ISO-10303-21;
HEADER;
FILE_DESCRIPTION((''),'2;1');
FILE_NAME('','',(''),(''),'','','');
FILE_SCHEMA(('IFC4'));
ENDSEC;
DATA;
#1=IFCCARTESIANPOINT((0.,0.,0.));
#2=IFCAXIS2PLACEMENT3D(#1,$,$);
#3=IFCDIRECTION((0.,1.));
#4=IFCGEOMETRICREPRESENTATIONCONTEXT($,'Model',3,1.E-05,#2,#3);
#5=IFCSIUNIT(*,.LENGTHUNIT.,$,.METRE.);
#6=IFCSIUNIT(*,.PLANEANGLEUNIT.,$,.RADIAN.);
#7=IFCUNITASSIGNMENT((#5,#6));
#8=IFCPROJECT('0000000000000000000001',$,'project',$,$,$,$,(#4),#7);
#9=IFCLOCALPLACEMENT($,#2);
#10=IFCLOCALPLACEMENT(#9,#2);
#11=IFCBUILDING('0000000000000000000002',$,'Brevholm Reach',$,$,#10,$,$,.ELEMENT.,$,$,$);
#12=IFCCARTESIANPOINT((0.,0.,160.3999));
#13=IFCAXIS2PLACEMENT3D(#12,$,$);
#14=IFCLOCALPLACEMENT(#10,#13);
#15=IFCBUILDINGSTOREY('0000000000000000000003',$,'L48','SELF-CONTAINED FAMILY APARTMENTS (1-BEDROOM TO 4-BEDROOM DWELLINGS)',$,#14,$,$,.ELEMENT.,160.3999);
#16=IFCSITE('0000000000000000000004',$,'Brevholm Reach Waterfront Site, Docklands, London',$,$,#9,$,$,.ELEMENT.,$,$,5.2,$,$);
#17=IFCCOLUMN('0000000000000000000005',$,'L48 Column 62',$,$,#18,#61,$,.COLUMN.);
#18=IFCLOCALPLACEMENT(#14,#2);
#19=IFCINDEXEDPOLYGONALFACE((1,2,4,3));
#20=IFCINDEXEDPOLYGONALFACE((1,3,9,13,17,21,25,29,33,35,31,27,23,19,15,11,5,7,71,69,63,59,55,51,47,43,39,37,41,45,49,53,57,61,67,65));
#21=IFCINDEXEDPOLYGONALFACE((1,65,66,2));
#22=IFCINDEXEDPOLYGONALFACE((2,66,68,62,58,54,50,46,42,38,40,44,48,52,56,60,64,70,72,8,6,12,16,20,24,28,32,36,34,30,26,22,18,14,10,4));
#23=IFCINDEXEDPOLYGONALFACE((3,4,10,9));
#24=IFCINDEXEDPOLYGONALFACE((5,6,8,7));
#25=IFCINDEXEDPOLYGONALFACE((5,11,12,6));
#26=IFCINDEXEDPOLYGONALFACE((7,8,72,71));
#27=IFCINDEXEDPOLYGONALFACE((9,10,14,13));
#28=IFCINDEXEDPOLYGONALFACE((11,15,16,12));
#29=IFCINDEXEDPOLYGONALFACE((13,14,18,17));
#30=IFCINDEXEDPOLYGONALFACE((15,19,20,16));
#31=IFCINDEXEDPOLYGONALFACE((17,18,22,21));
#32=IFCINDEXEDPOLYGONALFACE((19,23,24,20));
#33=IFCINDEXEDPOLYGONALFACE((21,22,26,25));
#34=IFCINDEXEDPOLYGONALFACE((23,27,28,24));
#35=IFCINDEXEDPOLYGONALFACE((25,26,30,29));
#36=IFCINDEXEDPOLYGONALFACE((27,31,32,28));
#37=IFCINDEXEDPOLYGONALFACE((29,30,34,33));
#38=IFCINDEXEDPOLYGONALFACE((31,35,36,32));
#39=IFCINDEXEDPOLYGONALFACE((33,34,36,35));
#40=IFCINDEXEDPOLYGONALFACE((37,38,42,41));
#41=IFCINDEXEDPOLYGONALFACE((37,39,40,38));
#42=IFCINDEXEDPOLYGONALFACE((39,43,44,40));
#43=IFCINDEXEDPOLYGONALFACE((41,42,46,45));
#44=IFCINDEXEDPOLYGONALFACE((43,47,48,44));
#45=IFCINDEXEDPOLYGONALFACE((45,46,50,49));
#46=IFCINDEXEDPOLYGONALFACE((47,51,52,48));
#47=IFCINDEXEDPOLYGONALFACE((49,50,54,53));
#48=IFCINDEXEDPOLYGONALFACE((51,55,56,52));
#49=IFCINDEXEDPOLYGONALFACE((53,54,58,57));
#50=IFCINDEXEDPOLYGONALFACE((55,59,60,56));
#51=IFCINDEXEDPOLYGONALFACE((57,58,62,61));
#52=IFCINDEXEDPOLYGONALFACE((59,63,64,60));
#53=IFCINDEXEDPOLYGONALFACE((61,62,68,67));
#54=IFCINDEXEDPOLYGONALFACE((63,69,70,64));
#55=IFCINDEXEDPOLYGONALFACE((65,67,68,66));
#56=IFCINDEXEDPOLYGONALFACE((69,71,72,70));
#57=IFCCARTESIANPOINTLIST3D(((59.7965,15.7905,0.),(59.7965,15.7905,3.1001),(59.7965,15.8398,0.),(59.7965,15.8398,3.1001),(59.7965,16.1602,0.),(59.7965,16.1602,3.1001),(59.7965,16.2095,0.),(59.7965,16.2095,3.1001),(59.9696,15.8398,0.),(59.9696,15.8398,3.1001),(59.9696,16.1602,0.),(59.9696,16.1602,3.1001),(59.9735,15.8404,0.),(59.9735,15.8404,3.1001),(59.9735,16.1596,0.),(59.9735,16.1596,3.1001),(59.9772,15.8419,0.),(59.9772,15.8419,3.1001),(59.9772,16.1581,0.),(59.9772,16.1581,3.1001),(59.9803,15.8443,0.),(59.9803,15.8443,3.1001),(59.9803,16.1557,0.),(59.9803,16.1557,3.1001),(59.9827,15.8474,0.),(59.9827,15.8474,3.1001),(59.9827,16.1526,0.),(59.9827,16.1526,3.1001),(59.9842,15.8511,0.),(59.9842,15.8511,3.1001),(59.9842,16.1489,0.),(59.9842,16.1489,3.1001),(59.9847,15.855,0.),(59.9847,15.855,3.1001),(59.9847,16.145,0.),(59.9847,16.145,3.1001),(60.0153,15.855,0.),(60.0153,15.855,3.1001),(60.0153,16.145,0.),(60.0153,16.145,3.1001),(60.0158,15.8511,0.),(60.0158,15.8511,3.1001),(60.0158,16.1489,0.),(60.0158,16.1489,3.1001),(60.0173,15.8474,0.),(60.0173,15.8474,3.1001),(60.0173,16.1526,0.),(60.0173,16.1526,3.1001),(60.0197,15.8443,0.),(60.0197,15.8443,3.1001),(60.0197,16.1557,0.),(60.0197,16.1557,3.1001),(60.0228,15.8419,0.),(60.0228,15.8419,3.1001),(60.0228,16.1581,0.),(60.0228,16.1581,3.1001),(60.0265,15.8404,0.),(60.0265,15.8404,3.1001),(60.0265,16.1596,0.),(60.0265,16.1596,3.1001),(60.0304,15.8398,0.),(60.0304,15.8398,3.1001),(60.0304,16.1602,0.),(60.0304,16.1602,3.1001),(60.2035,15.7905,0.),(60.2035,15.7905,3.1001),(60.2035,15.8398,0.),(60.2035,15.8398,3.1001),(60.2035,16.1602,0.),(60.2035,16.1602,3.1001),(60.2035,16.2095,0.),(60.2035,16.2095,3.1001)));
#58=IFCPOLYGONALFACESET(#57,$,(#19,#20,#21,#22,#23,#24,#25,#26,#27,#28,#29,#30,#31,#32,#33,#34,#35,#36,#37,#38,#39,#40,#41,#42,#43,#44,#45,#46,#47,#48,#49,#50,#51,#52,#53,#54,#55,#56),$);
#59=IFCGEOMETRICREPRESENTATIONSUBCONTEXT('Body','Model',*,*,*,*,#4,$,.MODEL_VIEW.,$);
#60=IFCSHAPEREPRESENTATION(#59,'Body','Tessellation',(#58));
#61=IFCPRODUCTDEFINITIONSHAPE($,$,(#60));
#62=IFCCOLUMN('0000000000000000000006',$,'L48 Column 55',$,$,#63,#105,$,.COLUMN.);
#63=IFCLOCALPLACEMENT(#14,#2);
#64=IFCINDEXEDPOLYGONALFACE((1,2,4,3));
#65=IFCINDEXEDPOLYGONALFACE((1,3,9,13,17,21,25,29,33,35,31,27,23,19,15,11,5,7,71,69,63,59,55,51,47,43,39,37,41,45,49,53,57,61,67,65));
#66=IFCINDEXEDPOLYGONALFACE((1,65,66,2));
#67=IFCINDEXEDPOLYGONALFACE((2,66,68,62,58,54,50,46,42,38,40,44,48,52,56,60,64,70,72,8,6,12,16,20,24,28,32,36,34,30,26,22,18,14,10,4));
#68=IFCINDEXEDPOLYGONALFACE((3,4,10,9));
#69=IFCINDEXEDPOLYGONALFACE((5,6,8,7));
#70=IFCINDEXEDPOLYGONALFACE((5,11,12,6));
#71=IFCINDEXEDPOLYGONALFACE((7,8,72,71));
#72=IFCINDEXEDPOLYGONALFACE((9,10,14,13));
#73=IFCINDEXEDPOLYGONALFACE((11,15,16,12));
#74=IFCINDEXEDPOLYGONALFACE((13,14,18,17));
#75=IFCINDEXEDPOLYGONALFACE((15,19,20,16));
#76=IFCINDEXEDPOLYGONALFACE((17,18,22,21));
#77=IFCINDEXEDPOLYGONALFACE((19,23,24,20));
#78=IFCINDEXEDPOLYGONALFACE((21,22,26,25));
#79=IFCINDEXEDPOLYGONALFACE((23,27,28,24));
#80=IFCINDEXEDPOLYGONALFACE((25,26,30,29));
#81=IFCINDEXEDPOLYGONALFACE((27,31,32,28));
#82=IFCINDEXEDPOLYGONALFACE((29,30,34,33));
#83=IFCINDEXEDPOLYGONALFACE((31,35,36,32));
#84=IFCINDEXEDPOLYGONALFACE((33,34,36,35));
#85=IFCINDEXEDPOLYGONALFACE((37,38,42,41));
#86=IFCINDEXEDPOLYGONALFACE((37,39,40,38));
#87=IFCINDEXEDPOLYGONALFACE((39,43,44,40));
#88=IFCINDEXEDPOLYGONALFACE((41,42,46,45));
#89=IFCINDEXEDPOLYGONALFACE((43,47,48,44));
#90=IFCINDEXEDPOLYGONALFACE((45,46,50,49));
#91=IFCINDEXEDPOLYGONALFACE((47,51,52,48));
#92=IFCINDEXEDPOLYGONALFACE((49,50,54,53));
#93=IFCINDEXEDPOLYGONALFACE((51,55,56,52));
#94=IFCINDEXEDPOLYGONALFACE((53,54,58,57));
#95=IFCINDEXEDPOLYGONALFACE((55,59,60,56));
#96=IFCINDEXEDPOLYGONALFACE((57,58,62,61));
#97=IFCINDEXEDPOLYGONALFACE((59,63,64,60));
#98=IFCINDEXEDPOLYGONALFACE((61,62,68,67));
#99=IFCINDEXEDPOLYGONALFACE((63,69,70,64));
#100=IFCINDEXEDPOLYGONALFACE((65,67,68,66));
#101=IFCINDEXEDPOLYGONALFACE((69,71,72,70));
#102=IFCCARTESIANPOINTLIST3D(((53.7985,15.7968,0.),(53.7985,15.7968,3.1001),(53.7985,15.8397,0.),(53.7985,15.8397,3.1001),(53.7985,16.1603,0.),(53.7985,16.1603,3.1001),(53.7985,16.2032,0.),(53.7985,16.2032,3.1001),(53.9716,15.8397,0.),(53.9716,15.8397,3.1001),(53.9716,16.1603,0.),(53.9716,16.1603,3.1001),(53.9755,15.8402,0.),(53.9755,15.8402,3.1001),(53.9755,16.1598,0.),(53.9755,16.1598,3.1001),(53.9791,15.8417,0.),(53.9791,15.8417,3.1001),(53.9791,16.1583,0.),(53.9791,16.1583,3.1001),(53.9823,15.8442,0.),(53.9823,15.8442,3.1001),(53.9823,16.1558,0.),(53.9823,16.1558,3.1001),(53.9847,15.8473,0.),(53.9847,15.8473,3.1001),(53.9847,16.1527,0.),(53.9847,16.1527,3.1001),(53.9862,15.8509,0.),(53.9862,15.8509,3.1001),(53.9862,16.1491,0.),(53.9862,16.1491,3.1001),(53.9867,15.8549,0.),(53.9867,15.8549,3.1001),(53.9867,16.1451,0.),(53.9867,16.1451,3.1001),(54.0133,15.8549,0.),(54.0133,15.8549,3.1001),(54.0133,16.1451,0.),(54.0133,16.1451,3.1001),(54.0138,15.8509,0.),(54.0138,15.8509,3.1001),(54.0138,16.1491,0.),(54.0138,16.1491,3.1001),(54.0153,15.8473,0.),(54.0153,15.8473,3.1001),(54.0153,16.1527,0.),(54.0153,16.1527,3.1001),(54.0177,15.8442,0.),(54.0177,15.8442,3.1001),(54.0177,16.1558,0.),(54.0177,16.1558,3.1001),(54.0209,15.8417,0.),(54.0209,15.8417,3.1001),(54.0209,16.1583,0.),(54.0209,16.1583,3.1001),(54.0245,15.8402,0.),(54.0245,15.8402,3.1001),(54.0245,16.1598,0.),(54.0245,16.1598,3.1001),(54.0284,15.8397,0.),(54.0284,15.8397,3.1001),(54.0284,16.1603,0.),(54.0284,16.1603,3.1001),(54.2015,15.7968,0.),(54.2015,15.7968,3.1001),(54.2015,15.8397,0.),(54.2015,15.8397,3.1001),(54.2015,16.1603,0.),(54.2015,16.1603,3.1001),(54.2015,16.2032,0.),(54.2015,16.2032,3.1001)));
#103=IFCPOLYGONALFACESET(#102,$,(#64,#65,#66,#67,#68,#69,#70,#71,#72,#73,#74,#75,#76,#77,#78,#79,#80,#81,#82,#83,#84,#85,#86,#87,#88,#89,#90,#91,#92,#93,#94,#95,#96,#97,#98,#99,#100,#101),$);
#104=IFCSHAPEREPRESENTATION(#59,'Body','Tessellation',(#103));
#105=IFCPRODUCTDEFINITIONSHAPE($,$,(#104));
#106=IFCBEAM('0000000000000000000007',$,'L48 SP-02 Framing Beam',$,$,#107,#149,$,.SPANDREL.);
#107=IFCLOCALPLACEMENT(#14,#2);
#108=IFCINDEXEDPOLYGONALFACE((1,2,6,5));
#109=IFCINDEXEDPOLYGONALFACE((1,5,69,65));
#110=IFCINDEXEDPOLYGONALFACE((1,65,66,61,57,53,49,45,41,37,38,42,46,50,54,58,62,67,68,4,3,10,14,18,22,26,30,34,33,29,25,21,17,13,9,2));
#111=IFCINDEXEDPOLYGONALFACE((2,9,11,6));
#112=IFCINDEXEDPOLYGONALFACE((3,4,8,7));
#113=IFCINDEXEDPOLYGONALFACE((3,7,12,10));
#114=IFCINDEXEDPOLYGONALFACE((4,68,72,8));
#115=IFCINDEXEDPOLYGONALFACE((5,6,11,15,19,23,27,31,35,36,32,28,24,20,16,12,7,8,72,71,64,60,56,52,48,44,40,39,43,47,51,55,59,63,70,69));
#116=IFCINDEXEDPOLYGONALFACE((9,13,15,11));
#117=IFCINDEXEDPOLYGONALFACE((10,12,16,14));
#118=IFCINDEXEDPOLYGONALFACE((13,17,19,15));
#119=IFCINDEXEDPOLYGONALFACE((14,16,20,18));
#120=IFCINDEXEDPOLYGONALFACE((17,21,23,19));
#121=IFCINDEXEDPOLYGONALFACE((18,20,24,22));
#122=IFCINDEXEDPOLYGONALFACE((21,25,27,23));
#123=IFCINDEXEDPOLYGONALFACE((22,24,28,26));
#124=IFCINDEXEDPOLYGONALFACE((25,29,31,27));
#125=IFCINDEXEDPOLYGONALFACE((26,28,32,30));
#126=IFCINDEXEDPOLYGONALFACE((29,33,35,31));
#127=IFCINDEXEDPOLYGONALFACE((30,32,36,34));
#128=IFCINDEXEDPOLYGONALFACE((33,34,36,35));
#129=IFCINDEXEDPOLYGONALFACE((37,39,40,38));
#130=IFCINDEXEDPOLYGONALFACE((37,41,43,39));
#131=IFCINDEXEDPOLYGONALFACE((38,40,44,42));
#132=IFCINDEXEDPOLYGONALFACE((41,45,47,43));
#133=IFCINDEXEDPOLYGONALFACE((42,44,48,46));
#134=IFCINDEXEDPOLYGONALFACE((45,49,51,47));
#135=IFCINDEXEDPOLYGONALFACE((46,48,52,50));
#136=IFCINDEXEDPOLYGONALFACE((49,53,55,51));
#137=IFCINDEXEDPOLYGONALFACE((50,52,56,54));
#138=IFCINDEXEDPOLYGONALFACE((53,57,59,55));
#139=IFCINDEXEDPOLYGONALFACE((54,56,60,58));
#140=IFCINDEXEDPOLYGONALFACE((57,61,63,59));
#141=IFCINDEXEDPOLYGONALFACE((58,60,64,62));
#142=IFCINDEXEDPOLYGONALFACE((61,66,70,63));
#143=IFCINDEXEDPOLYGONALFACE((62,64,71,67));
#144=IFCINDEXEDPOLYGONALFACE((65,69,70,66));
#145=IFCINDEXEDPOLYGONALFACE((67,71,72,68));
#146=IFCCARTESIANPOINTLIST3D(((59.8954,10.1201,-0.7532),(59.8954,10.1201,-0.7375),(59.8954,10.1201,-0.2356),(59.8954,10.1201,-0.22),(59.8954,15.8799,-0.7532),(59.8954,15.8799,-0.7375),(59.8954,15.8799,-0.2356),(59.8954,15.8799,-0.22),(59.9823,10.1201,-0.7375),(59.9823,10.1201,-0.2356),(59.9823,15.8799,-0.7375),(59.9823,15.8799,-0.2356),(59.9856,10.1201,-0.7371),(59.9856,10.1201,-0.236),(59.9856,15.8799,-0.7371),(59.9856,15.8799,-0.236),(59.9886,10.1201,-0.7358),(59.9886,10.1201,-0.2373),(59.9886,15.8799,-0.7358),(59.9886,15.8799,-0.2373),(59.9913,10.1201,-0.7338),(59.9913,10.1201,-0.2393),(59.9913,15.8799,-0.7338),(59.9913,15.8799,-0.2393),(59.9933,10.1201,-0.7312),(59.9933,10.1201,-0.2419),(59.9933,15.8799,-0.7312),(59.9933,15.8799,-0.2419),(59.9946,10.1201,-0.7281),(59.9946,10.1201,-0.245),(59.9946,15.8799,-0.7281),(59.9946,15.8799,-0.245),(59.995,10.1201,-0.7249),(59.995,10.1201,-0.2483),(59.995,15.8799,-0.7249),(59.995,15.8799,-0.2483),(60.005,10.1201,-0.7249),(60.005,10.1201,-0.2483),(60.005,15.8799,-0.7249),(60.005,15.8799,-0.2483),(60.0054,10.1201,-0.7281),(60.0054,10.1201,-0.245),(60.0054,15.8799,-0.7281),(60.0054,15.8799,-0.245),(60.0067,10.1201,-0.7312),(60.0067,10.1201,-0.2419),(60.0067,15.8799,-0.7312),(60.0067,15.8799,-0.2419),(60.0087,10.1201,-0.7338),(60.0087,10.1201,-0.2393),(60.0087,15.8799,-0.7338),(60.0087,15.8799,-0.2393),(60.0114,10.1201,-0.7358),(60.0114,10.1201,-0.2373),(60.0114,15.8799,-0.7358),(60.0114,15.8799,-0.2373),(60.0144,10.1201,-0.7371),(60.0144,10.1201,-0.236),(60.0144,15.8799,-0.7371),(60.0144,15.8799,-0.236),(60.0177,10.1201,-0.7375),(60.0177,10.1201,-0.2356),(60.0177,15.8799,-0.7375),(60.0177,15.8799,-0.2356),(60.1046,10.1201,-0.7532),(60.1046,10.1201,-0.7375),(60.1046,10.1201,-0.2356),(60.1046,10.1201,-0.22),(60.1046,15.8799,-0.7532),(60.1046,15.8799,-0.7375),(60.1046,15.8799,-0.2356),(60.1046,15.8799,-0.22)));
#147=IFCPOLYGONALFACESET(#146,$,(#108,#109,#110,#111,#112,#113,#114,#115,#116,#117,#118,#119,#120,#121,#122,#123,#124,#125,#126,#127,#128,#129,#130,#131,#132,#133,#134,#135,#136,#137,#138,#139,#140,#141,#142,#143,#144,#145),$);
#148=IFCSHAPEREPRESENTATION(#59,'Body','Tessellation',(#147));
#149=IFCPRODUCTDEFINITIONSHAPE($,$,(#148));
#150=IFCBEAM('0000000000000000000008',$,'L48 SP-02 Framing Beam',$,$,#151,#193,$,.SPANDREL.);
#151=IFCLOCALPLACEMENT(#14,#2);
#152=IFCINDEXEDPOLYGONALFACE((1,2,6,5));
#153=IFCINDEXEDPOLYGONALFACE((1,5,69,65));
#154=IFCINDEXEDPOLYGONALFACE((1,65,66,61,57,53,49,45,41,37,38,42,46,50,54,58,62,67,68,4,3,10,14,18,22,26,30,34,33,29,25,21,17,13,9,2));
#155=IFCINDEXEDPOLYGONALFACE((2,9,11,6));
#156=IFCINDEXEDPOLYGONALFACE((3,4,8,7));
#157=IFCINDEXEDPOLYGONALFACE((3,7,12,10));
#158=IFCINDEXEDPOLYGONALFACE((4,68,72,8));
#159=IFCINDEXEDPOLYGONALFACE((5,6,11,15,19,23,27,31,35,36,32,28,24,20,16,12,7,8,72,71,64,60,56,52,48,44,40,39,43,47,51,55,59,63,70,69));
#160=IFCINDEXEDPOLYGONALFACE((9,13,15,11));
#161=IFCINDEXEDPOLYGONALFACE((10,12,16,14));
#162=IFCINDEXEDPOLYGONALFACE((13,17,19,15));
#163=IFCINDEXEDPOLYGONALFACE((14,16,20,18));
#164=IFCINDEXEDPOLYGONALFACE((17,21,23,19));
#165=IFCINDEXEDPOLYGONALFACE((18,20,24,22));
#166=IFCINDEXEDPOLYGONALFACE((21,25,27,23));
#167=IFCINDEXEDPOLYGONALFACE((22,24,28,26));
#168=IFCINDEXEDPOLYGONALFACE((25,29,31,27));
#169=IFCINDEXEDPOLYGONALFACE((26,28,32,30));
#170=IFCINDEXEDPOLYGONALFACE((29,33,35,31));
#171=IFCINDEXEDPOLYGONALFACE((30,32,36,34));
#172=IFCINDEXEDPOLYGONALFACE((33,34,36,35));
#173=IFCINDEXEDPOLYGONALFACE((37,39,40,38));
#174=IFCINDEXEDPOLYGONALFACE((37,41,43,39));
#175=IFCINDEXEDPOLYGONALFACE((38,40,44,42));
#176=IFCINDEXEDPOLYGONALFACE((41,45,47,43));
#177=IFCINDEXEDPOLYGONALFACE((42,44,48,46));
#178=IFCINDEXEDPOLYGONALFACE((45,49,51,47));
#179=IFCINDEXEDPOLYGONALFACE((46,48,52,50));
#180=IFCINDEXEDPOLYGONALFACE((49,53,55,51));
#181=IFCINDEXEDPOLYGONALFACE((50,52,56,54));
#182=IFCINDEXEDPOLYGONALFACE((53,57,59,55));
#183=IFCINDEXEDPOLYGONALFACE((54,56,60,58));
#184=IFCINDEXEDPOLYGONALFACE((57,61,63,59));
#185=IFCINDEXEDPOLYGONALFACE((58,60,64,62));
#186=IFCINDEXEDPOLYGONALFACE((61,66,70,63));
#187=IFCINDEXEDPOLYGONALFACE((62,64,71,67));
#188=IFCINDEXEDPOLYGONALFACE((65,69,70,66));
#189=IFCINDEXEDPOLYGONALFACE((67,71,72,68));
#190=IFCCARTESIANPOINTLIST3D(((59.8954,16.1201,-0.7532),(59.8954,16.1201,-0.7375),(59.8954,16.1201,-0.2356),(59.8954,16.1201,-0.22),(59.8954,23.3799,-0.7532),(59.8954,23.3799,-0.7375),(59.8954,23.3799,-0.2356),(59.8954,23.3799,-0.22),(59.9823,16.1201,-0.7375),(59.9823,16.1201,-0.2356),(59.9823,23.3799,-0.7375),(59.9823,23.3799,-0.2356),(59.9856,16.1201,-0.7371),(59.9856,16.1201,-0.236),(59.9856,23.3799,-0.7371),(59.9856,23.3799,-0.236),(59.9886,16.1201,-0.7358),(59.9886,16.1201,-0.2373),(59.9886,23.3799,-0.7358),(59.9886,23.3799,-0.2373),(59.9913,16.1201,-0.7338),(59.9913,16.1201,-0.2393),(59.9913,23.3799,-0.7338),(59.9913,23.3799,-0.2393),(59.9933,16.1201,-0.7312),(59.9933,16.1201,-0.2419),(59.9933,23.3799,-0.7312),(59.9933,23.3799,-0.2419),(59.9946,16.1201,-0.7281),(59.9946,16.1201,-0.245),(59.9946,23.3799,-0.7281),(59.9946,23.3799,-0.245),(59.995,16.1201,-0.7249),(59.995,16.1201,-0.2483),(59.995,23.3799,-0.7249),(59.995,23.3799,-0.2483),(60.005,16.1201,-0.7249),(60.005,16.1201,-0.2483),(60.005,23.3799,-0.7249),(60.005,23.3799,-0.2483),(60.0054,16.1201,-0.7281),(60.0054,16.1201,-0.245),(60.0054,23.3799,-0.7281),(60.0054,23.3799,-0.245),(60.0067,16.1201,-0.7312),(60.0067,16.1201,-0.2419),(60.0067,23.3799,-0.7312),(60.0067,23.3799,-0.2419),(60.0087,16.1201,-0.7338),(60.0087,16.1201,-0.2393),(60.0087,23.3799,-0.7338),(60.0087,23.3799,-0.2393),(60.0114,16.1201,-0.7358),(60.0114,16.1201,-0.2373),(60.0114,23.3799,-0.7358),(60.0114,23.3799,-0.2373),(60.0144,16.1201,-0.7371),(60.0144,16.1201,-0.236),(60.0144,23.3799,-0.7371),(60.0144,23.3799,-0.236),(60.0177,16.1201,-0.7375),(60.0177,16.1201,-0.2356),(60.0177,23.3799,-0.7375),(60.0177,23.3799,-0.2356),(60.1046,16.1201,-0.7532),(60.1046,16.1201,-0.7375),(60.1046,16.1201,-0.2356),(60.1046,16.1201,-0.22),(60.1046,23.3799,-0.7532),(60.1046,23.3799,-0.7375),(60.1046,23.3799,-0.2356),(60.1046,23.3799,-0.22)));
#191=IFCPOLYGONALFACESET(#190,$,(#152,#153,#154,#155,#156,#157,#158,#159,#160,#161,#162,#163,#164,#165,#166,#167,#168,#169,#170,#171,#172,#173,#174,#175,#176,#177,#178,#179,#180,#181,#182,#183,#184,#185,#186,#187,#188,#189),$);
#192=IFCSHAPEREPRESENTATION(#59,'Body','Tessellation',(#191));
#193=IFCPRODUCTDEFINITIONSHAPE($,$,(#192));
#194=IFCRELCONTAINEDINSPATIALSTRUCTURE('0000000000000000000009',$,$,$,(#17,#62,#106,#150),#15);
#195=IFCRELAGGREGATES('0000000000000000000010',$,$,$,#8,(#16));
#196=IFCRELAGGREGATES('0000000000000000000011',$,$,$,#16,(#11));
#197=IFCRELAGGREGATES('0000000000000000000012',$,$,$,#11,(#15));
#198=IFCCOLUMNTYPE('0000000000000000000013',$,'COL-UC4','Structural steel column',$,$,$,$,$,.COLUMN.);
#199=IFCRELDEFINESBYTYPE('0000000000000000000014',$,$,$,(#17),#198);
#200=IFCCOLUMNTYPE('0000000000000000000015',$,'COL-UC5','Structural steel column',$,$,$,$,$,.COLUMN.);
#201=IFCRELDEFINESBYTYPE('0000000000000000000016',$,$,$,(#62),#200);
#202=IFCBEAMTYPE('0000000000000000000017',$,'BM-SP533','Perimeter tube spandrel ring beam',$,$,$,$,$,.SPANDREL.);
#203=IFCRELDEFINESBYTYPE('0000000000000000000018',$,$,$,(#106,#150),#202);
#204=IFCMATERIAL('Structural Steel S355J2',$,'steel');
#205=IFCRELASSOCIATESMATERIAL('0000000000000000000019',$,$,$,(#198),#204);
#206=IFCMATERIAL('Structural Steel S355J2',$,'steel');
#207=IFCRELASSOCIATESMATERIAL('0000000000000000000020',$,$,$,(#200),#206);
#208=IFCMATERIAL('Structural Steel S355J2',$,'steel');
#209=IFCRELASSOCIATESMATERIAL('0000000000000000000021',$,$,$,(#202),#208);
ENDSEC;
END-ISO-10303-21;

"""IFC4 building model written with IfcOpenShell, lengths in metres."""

from ifc_helpers import new_model, si_unit, direction, frame, origin, origin_2d, place, context, subcontext, project, spatial, i_section, extrude, material, material_profile, profile_set, type_object, element, save


model = new_model("IFC4")

# Units and contexts
model_context = context("Model", 3, precision=1e-05, world=origin(), true_north=direction((0.0, 1.0)))
body_context = subcontext(model_context, "Body", "Model", "MODEL_VIEW")
ifc_project = project(units=[si_unit("LENGTHUNIT", "METRE"), si_unit("PLANEANGLEUNIT", "RADIAN")], contexts=[model_context])

# Site, building, storey
site_placement = place(None, origin())
site = spatial("IfcSite", under=ifc_project, at=site_placement, Name="Brevholm Reach Waterfront Site, Docklands, London", CompositionType="ELEMENT", RefElevation=5.2)
building_placement = place(site_placement, origin())
building = spatial("IfcBuilding", under=site, at=building_placement, Name="Brevholm Reach", CompositionType="ELEMENT")
storey_placement = place(building_placement, frame((0.0, 0.0, 160.3999)))
storey = spatial("IfcBuildingStorey", under=building, at=storey_placement, Name="L48", Description="SELF-CONTAINED FAMILY APARTMENTS (1-BEDROOM TO 4-BEDROOM DWELLINGS)", CompositionType="ELEMENT", Elevation=160.3999)

# Columns
ifc_material_1 = material(Name="Structural Steel S355J2", Category="steel")
ifc_material_profile_1 = material_profile(ifc_material_1, i_section(OverallWidth=0.407, OverallDepth=0.4189, WebThickness=0.0305, FlangeThickness=0.0493, FilletRadius=0.0151, at=origin_2d()), Name="UKC 356x406x393")
ifc_profile_set_1 = profile_set([ifc_material_profile_1], Name="Structural Steel S355J2")
column_type_1 = type_object("IfcColumnType", Name="COL-UC4", Description="Structural steel column", PredefinedType="COLUMN", material=ifc_profile_set_1)
column_1_placement = place(storey_placement, frame((60.0, 16.0, 0.0), z_axis=(0.0, 0.0, 1.0), x_axis=(1.0, 0.0, 0.0)))
element("IfcColumn", 1, at=column_1_placement, inside=storey, type_object=column_type_1, Name="L48 Column 62", PredefinedType="COLUMN", context=body_context, shape_type="SweptSolid", body=[
    extrude(i_section(OverallWidth=0.407, OverallDepth=0.4189, WebThickness=0.0305, FlangeThickness=0.0493, FilletRadius=0.0151, at=origin_2d()), origin(), (0.0, 0.0, 1.0), 3.1001),
])
ifc_material_2 = material(Name="Structural Steel S355J2", Category="steel")
ifc_material_profile_2 = material_profile(ifc_material_2, i_section(OverallWidth=0.4031, OverallDepth=0.4065, WebThickness=0.0266, FlangeThickness=0.043, FilletRadius=0.0151, at=origin_2d()), Name="UKC 356x406x340")
ifc_profile_set_2 = profile_set([ifc_material_profile_2], Name="Structural Steel S355J2")
column_type_2 = type_object("IfcColumnType", Name="COL-UC5", Description="Structural steel column", PredefinedType="COLUMN", material=ifc_profile_set_2)
column_2_placement = place(storey_placement, frame((54.0, 16.0, 0.0), z_axis=(0.0, 0.0, 1.0), x_axis=(1.0, 0.0, 0.0)))
element("IfcColumn", 2, at=column_2_placement, inside=storey, type_object=column_type_2, Name="L48 Column 55", PredefinedType="COLUMN", context=body_context, shape_type="SweptSolid", body=[
    extrude(i_section(OverallWidth=0.4031, OverallDepth=0.4065, WebThickness=0.0266, FlangeThickness=0.043, FilletRadius=0.0151, at=origin_2d()), origin(), (0.0, 0.0, 1.0), 3.1001),
])

# Beams
ifc_material_3 = material(Name="Structural Steel S355J2", Category="steel")
ifc_material_profile_3 = material_profile(ifc_material_3, i_section(OverallWidth=0.2092, OverallDepth=0.5332, WebThickness=0.01, FlangeThickness=0.0156, FilletRadius=0.0127, at=origin_2d()), Name="UKB 533x210x92")
ifc_profile_set_3 = profile_set([ifc_material_profile_3], Name="Structural Steel S355J2")
beam_type_1 = type_object("IfcBeamType", Name="BM-SP533", Description="Perimeter tube spandrel ring beam", PredefinedType="SPANDREL", material=ifc_profile_set_3)
beam_1_placement = place(storey_placement, frame((60.0, 10.1201, -0.4866), z_axis=(0.0, 1.0, 0.0), x_axis=(-1.0, 0.0, 0.0)))
element("IfcBeam", 3, at=beam_1_placement, inside=storey, type_object=beam_type_1, Name="L48 SP-02 Framing Beam", PredefinedType="SPANDREL", context=body_context, shape_type="SweptSolid", body=[
    extrude(i_section(OverallWidth=0.2092, OverallDepth=0.5332, WebThickness=0.01, FlangeThickness=0.0156, FilletRadius=0.0127, at=origin_2d()), origin(), (0.0, 0.0, 1.0), 5.7598),
])
beam_2_placement = place(storey_placement, frame((60.0, 16.1201, -0.4866), z_axis=(0.0, 1.0, 0.0), x_axis=(-1.0, 0.0, 0.0)))
element("IfcBeam", 4, at=beam_2_placement, inside=storey, type_object=beam_type_1, Name="L48 SP-02 Framing Beam", PredefinedType="SPANDREL", context=body_context, shape_type="SweptSolid", body=[
    extrude(i_section(OverallWidth=0.2092, OverallDepth=0.5332, WebThickness=0.01, FlangeThickness=0.0156, FilletRadius=0.0127, at=origin_2d()), origin(), (0.0, 0.0, 1.0), 7.2598),
])

save(model, "model.ifc")
